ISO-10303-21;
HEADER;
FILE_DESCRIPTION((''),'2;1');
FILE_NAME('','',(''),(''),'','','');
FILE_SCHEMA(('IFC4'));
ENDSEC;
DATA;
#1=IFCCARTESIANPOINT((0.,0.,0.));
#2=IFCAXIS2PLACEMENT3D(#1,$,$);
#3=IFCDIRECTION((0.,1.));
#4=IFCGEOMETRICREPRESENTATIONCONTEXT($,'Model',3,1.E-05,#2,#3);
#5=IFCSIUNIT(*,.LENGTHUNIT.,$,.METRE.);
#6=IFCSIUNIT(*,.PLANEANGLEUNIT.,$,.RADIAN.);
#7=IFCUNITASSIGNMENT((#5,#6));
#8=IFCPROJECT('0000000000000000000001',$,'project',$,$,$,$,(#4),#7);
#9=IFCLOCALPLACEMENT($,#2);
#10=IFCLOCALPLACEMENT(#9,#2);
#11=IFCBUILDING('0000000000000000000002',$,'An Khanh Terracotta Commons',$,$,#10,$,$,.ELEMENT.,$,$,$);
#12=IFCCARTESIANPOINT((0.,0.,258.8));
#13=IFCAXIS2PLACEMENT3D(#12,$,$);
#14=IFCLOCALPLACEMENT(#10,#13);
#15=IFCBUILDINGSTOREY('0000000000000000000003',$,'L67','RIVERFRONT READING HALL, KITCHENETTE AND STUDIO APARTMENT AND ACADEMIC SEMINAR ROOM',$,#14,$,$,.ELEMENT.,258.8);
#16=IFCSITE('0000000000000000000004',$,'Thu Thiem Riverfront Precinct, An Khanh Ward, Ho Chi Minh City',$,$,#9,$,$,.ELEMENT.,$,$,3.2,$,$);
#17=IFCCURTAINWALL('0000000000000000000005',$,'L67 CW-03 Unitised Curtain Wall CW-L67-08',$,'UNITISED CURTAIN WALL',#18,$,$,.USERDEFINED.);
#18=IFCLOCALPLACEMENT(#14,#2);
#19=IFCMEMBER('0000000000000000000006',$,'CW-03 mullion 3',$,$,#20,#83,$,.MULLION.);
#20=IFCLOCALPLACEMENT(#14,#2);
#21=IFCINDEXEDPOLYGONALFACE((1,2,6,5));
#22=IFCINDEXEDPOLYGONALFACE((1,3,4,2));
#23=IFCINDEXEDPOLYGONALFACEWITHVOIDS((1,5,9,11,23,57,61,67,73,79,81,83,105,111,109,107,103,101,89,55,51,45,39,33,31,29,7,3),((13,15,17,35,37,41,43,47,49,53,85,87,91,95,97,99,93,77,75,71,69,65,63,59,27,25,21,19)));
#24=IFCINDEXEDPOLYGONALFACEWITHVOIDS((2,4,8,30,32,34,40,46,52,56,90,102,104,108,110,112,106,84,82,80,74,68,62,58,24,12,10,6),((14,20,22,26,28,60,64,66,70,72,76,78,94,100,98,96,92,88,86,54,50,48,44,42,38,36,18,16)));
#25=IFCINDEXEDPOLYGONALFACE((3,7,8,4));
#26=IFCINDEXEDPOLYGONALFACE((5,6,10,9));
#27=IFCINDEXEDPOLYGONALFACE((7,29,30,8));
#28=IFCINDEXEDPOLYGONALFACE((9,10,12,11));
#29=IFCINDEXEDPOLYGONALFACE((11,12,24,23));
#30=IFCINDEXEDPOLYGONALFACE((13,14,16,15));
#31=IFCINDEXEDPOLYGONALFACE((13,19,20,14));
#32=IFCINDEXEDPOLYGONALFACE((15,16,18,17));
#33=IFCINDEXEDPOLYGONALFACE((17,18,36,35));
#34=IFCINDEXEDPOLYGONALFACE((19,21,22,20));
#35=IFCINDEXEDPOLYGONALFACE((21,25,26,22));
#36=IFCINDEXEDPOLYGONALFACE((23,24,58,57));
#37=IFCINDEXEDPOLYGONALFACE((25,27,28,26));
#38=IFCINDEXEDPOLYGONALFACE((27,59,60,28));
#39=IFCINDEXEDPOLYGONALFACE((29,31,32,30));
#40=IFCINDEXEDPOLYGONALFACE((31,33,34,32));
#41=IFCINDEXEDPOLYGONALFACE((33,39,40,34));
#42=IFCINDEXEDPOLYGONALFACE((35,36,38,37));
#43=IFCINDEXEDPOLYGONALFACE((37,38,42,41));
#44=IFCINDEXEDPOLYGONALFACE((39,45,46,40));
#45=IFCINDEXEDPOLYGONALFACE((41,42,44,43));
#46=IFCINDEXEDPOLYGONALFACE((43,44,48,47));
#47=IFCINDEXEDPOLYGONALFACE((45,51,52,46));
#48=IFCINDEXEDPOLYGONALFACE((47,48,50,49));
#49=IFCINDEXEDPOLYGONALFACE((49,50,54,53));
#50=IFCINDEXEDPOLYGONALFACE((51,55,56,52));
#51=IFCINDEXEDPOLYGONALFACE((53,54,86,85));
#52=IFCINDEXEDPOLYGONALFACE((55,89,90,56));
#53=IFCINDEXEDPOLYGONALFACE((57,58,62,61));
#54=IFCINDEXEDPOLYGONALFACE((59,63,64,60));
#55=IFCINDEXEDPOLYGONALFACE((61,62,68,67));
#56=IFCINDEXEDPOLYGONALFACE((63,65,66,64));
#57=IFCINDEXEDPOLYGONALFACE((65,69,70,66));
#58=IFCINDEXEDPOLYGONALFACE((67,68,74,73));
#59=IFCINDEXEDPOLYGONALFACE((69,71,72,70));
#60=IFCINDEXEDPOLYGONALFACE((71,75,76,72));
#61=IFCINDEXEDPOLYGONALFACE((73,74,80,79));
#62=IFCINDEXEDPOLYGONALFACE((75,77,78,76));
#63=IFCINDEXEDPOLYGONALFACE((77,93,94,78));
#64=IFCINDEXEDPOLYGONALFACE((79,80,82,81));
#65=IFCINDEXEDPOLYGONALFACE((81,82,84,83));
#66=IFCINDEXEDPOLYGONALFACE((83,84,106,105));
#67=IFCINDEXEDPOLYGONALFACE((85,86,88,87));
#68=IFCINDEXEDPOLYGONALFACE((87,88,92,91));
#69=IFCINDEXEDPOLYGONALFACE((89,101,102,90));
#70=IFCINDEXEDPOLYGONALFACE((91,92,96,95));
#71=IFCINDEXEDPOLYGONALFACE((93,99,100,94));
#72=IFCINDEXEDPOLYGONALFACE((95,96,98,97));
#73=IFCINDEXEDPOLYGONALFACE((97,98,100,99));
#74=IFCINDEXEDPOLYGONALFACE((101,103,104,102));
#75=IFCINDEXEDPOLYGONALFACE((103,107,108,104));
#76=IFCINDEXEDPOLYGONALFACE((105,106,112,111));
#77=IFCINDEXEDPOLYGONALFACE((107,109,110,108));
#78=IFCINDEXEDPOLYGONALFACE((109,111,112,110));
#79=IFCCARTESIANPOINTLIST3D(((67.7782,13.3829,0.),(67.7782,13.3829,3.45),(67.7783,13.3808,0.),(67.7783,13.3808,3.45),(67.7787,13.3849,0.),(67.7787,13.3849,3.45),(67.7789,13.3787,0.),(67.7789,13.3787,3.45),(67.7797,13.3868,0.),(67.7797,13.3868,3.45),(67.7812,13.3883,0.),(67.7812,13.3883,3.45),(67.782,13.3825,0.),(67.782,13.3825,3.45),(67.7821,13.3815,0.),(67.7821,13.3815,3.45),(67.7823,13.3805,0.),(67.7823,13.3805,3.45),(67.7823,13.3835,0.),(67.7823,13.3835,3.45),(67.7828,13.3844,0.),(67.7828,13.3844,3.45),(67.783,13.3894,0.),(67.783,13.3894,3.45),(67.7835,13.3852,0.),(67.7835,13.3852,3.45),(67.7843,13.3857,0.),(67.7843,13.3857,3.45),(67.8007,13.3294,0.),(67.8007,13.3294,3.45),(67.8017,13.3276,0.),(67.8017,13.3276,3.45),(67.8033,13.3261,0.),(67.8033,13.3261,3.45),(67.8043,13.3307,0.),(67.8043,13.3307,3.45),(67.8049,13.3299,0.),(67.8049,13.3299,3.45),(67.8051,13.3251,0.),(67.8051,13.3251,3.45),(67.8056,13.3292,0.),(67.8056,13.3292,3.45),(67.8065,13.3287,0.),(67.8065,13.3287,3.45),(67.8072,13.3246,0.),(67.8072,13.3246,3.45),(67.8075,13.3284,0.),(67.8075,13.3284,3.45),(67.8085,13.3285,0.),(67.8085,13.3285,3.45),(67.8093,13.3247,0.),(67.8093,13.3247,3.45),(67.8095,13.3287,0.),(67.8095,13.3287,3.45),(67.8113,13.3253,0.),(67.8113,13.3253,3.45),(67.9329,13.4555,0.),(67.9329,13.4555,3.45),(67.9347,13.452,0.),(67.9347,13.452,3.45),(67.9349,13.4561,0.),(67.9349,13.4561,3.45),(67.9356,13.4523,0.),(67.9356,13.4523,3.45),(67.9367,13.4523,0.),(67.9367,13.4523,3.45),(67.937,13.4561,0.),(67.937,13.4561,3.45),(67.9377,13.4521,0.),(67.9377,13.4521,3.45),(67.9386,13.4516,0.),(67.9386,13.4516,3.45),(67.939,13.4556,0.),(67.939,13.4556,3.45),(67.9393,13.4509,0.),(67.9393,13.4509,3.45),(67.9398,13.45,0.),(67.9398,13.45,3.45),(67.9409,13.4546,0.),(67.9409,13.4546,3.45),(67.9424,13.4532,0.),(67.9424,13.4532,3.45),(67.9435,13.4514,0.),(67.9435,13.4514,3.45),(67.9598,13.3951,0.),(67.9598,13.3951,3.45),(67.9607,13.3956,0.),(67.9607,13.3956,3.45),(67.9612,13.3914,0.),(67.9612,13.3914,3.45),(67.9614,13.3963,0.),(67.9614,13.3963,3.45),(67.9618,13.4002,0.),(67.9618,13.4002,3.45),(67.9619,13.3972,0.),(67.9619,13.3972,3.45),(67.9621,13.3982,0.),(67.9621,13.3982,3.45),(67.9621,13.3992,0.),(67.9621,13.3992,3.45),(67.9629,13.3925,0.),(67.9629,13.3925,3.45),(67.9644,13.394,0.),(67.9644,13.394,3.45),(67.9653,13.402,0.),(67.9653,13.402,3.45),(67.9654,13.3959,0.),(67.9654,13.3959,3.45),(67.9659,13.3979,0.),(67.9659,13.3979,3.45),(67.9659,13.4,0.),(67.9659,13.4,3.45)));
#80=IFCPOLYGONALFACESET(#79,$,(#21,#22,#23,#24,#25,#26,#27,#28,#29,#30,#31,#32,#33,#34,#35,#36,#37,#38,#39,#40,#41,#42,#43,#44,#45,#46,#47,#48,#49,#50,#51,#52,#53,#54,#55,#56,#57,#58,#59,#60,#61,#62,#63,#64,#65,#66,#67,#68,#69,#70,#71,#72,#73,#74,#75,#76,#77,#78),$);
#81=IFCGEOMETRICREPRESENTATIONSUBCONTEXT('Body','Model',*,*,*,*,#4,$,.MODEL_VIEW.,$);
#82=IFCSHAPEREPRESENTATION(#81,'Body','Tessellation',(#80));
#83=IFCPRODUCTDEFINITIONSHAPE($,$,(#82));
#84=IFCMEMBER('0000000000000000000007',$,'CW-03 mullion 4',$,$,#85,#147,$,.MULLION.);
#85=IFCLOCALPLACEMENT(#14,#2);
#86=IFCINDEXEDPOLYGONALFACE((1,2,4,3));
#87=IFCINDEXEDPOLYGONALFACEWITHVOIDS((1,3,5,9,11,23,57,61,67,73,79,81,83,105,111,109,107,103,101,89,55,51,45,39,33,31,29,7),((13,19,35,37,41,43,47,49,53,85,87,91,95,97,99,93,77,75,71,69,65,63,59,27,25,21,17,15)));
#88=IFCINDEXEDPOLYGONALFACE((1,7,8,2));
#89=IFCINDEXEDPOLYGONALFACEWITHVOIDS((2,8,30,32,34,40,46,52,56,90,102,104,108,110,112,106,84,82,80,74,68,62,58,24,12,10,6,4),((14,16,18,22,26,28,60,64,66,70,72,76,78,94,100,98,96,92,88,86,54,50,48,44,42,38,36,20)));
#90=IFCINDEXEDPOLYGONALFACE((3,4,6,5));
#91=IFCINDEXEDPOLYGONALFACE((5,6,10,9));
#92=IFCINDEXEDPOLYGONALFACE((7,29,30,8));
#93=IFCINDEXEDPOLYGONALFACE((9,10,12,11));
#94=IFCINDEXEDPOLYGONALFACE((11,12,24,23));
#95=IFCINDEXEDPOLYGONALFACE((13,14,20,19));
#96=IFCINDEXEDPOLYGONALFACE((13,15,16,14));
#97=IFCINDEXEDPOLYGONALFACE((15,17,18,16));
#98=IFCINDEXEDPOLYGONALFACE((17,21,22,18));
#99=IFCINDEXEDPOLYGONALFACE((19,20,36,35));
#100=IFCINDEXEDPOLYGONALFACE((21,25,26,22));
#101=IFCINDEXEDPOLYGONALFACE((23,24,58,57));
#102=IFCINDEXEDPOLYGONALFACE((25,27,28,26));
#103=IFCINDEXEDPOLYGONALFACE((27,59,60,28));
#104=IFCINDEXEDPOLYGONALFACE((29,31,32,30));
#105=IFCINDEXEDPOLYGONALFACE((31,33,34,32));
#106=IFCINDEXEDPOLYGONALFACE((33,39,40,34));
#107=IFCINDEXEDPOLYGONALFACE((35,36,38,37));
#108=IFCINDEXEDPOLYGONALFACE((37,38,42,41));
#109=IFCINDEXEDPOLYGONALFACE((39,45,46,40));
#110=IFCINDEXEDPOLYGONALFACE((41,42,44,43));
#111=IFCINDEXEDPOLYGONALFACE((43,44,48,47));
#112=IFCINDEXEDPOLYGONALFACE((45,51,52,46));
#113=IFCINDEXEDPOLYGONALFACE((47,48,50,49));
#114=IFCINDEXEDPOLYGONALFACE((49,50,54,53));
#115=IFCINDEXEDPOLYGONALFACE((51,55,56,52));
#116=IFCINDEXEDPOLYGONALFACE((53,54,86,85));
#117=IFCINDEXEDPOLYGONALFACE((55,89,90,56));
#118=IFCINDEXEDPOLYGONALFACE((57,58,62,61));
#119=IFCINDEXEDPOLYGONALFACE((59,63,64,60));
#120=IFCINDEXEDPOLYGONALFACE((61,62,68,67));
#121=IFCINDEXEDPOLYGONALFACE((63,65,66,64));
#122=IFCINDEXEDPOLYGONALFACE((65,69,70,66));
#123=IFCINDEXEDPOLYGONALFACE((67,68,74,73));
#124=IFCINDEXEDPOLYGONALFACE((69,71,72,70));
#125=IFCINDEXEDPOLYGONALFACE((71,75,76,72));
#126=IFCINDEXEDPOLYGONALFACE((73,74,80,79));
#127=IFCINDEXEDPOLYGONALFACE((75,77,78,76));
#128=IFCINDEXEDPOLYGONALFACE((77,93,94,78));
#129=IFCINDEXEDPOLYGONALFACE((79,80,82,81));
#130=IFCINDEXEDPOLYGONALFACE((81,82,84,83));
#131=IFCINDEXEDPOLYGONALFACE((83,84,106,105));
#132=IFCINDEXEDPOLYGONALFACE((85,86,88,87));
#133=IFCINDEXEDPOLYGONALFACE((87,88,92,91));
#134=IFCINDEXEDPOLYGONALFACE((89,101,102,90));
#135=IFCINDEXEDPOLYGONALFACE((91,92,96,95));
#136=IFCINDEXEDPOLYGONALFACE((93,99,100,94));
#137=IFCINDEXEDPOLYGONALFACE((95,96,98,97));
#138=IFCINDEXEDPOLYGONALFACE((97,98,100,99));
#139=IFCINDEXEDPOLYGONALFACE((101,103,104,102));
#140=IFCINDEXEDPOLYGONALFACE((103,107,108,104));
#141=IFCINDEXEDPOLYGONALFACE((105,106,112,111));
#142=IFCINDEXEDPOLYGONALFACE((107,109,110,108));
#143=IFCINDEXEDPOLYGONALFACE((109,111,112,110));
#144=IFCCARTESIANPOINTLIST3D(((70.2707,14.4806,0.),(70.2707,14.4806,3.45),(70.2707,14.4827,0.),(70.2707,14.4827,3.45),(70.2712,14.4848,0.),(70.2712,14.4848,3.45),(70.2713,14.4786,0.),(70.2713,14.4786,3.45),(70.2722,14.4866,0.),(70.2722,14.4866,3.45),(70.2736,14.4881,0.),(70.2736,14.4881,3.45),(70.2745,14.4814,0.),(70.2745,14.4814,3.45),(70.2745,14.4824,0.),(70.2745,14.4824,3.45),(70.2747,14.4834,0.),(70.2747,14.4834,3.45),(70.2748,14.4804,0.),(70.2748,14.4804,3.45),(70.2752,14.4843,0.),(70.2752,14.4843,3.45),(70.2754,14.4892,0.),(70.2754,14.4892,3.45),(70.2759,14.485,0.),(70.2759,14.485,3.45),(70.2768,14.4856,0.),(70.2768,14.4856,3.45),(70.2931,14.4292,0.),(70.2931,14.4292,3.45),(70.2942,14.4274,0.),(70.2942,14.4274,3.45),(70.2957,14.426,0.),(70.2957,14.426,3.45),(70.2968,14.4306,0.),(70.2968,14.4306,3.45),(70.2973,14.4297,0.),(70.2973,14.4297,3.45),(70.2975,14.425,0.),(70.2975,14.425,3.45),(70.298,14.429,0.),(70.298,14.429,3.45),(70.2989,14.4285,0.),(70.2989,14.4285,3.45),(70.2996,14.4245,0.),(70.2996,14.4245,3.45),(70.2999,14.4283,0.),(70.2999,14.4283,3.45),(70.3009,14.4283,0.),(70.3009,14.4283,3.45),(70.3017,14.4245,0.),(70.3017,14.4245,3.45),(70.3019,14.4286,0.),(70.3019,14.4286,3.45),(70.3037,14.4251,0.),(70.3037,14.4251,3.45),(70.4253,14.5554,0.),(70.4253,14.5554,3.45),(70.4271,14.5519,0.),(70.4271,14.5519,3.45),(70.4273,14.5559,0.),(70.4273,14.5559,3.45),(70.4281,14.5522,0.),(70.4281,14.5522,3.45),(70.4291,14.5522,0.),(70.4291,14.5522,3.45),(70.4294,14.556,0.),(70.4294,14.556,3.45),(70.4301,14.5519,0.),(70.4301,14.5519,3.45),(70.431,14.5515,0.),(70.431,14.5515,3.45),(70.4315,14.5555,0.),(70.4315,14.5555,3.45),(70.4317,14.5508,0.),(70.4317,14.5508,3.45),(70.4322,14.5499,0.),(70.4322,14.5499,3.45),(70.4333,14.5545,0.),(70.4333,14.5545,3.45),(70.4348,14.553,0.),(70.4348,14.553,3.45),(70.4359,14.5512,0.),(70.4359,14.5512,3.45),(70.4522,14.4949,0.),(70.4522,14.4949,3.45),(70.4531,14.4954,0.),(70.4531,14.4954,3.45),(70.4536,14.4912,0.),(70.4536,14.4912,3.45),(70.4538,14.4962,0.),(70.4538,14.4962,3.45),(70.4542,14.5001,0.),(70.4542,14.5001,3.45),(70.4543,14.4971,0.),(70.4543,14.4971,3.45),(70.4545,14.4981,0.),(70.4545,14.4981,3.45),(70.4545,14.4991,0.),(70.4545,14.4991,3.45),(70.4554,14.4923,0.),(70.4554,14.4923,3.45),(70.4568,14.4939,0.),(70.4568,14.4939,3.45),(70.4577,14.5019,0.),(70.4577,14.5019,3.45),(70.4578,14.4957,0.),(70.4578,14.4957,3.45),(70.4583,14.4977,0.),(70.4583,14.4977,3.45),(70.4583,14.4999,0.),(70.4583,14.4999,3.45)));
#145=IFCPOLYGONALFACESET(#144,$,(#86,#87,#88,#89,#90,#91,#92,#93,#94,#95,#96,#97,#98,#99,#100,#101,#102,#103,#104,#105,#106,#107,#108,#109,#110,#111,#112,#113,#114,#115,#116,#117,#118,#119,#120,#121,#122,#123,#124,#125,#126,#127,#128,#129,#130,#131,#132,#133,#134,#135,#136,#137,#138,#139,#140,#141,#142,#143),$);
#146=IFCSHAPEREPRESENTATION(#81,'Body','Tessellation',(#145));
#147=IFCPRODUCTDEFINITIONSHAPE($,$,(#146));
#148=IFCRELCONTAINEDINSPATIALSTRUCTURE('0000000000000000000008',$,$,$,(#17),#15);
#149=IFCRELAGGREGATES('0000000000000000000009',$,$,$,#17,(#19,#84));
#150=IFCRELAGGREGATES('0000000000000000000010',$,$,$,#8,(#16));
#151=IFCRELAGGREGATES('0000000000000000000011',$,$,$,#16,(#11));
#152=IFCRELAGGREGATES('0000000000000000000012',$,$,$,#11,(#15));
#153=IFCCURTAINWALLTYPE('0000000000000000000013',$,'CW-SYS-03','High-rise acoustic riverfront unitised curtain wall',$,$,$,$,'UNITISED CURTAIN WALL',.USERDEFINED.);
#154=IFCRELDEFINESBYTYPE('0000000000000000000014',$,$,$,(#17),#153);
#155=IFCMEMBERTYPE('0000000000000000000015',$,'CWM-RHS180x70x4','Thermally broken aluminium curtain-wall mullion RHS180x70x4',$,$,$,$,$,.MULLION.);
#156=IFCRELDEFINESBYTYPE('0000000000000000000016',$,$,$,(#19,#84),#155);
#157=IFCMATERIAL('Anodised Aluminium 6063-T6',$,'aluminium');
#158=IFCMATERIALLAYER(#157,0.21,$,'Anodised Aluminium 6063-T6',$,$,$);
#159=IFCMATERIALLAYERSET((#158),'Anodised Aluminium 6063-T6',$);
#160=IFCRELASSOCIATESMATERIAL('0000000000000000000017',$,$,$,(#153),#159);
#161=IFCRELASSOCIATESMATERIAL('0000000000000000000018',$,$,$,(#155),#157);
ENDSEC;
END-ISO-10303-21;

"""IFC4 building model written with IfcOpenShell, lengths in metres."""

from ifc_helpers import new_model, si_unit, direction, frame, origin, origin_2d, place, context, subcontext, project, spatial, hollow_rectangle, extrude, material, layer, layer_set, material_profile, profile_set, type_object, element, aggregate, save


model = new_model("IFC4")

# Units and contexts
model_context = context("Model", 3, precision=1e-05, world=origin(), true_north=direction((0.0, 1.0)))
body_context = subcontext(model_context, "Body", "Model", "MODEL_VIEW")
ifc_project = project(units=[si_unit("LENGTHUNIT", "METRE"), si_unit("PLANEANGLEUNIT", "RADIAN")], contexts=[model_context])

# Site, building, storey
site_placement = place(None, origin())
site = spatial("IfcSite", under=ifc_project, at=site_placement, Name="Thu Thiem Riverfront Precinct, An Khanh Ward, Ho Chi Minh City", CompositionType="ELEMENT", RefElevation=3.2)
building_placement = place(site_placement, origin())
building = spatial("IfcBuilding", under=site, at=building_placement, Name="An Khanh Terracotta Commons", CompositionType="ELEMENT")
storey_placement = place(building_placement, frame((0.0, 0.0, 258.8)))
storey = spatial("IfcBuildingStorey", under=building, at=storey_placement, Name="L67", Description="RIVERFRONT READING HALL, KITCHENETTE AND STUDIO APARTMENT AND ACADEMIC SEMINAR ROOM", CompositionType="ELEMENT", Elevation=258.8)

# Curtain wall, members
ifc_material_1 = material(Name="Anodised Aluminium 6063-T6", Category="aluminium")
ifc_layer_1 = layer(ifc_material_1, 0.21, Name="Anodised Aluminium 6063-T6")
ifc_layer_set_1 = layer_set([ifc_layer_1], Name="Anodised Aluminium 6063-T6")
curtain_wall_type = type_object("IfcCurtainWallType", Name="CW-SYS-03", Description="High-rise acoustic riverfront unitised curtain wall", ElementType="UNITISED CURTAIN WALL", PredefinedType="USERDEFINED", material=ifc_layer_set_1)
curtain_wall_1_placement = place(storey_placement, origin())
curtain_wall_1 = element("IfcCurtainWall", 1, at=curtain_wall_1_placement, inside=storey, type_object=curtain_wall_type, Name="L67 CW-03 Unitised Curtain Wall CW-L67-08", ObjectType="UNITISED CURTAIN WALL", PredefinedType="USERDEFINED")
ifc_material_profile_1 = material_profile(ifc_material_1, hollow_rectangle(XDim=0.0701, YDim=0.1799, WallThickness=0.0039, InnerFilletRadius=0.0039, OuterFilletRadius=0.0081, at=origin_2d()), Name="RHS180x70x4")
ifc_profile_set_1 = profile_set([ifc_material_profile_1], Name="Anodised Aluminium 6063-T6")
member_type_1 = type_object("IfcMemberType", Name="CWM-RHS180x70x4", Description="Thermally broken aluminium curtain-wall mullion RHS180x70x4", PredefinedType="MULLION", material=ifc_profile_set_1)
member_1_placement = place(storey_placement, frame((67.8721, 13.3904, 0.0), z_axis=(0.0, 0.0, 1.0), x_axis=(-0.403676, 0.914902, 0.0)))
member_1 = element("IfcMember", 2, at=member_1_placement, type_object=member_type_1, Name="CW-03 mullion 3", PredefinedType="MULLION", context=body_context, shape_type="SweptSolid", body=[
    extrude(hollow_rectangle(XDim=0.0701, YDim=0.1799, WallThickness=0.0039, InnerFilletRadius=0.0039, OuterFilletRadius=0.0081, at=origin_2d()), origin(), (0.0, 0.0, 1.0), 3.45),
])
member_2_placement = place(storey_placement, frame((70.3645, 14.4902, 0.0), z_axis=(0.0, 0.0, 1.0), x_axis=(-0.403676, 0.914902, 0.0)))
member_2 = element("IfcMember", 3, at=member_2_placement, type_object=member_type_1, Name="CW-03 mullion 4", PredefinedType="MULLION", context=body_context, shape_type="SweptSolid", body=[
    extrude(hollow_rectangle(XDim=0.0701, YDim=0.1799, WallThickness=0.0039, InnerFilletRadius=0.0039, OuterFilletRadius=0.0081, at=origin_2d()), origin(), (0.0, 0.0, 1.0), 3.45),
])

aggregate(curtain_wall_1, [member_1, member_2])

save(model, "model.ifc")
